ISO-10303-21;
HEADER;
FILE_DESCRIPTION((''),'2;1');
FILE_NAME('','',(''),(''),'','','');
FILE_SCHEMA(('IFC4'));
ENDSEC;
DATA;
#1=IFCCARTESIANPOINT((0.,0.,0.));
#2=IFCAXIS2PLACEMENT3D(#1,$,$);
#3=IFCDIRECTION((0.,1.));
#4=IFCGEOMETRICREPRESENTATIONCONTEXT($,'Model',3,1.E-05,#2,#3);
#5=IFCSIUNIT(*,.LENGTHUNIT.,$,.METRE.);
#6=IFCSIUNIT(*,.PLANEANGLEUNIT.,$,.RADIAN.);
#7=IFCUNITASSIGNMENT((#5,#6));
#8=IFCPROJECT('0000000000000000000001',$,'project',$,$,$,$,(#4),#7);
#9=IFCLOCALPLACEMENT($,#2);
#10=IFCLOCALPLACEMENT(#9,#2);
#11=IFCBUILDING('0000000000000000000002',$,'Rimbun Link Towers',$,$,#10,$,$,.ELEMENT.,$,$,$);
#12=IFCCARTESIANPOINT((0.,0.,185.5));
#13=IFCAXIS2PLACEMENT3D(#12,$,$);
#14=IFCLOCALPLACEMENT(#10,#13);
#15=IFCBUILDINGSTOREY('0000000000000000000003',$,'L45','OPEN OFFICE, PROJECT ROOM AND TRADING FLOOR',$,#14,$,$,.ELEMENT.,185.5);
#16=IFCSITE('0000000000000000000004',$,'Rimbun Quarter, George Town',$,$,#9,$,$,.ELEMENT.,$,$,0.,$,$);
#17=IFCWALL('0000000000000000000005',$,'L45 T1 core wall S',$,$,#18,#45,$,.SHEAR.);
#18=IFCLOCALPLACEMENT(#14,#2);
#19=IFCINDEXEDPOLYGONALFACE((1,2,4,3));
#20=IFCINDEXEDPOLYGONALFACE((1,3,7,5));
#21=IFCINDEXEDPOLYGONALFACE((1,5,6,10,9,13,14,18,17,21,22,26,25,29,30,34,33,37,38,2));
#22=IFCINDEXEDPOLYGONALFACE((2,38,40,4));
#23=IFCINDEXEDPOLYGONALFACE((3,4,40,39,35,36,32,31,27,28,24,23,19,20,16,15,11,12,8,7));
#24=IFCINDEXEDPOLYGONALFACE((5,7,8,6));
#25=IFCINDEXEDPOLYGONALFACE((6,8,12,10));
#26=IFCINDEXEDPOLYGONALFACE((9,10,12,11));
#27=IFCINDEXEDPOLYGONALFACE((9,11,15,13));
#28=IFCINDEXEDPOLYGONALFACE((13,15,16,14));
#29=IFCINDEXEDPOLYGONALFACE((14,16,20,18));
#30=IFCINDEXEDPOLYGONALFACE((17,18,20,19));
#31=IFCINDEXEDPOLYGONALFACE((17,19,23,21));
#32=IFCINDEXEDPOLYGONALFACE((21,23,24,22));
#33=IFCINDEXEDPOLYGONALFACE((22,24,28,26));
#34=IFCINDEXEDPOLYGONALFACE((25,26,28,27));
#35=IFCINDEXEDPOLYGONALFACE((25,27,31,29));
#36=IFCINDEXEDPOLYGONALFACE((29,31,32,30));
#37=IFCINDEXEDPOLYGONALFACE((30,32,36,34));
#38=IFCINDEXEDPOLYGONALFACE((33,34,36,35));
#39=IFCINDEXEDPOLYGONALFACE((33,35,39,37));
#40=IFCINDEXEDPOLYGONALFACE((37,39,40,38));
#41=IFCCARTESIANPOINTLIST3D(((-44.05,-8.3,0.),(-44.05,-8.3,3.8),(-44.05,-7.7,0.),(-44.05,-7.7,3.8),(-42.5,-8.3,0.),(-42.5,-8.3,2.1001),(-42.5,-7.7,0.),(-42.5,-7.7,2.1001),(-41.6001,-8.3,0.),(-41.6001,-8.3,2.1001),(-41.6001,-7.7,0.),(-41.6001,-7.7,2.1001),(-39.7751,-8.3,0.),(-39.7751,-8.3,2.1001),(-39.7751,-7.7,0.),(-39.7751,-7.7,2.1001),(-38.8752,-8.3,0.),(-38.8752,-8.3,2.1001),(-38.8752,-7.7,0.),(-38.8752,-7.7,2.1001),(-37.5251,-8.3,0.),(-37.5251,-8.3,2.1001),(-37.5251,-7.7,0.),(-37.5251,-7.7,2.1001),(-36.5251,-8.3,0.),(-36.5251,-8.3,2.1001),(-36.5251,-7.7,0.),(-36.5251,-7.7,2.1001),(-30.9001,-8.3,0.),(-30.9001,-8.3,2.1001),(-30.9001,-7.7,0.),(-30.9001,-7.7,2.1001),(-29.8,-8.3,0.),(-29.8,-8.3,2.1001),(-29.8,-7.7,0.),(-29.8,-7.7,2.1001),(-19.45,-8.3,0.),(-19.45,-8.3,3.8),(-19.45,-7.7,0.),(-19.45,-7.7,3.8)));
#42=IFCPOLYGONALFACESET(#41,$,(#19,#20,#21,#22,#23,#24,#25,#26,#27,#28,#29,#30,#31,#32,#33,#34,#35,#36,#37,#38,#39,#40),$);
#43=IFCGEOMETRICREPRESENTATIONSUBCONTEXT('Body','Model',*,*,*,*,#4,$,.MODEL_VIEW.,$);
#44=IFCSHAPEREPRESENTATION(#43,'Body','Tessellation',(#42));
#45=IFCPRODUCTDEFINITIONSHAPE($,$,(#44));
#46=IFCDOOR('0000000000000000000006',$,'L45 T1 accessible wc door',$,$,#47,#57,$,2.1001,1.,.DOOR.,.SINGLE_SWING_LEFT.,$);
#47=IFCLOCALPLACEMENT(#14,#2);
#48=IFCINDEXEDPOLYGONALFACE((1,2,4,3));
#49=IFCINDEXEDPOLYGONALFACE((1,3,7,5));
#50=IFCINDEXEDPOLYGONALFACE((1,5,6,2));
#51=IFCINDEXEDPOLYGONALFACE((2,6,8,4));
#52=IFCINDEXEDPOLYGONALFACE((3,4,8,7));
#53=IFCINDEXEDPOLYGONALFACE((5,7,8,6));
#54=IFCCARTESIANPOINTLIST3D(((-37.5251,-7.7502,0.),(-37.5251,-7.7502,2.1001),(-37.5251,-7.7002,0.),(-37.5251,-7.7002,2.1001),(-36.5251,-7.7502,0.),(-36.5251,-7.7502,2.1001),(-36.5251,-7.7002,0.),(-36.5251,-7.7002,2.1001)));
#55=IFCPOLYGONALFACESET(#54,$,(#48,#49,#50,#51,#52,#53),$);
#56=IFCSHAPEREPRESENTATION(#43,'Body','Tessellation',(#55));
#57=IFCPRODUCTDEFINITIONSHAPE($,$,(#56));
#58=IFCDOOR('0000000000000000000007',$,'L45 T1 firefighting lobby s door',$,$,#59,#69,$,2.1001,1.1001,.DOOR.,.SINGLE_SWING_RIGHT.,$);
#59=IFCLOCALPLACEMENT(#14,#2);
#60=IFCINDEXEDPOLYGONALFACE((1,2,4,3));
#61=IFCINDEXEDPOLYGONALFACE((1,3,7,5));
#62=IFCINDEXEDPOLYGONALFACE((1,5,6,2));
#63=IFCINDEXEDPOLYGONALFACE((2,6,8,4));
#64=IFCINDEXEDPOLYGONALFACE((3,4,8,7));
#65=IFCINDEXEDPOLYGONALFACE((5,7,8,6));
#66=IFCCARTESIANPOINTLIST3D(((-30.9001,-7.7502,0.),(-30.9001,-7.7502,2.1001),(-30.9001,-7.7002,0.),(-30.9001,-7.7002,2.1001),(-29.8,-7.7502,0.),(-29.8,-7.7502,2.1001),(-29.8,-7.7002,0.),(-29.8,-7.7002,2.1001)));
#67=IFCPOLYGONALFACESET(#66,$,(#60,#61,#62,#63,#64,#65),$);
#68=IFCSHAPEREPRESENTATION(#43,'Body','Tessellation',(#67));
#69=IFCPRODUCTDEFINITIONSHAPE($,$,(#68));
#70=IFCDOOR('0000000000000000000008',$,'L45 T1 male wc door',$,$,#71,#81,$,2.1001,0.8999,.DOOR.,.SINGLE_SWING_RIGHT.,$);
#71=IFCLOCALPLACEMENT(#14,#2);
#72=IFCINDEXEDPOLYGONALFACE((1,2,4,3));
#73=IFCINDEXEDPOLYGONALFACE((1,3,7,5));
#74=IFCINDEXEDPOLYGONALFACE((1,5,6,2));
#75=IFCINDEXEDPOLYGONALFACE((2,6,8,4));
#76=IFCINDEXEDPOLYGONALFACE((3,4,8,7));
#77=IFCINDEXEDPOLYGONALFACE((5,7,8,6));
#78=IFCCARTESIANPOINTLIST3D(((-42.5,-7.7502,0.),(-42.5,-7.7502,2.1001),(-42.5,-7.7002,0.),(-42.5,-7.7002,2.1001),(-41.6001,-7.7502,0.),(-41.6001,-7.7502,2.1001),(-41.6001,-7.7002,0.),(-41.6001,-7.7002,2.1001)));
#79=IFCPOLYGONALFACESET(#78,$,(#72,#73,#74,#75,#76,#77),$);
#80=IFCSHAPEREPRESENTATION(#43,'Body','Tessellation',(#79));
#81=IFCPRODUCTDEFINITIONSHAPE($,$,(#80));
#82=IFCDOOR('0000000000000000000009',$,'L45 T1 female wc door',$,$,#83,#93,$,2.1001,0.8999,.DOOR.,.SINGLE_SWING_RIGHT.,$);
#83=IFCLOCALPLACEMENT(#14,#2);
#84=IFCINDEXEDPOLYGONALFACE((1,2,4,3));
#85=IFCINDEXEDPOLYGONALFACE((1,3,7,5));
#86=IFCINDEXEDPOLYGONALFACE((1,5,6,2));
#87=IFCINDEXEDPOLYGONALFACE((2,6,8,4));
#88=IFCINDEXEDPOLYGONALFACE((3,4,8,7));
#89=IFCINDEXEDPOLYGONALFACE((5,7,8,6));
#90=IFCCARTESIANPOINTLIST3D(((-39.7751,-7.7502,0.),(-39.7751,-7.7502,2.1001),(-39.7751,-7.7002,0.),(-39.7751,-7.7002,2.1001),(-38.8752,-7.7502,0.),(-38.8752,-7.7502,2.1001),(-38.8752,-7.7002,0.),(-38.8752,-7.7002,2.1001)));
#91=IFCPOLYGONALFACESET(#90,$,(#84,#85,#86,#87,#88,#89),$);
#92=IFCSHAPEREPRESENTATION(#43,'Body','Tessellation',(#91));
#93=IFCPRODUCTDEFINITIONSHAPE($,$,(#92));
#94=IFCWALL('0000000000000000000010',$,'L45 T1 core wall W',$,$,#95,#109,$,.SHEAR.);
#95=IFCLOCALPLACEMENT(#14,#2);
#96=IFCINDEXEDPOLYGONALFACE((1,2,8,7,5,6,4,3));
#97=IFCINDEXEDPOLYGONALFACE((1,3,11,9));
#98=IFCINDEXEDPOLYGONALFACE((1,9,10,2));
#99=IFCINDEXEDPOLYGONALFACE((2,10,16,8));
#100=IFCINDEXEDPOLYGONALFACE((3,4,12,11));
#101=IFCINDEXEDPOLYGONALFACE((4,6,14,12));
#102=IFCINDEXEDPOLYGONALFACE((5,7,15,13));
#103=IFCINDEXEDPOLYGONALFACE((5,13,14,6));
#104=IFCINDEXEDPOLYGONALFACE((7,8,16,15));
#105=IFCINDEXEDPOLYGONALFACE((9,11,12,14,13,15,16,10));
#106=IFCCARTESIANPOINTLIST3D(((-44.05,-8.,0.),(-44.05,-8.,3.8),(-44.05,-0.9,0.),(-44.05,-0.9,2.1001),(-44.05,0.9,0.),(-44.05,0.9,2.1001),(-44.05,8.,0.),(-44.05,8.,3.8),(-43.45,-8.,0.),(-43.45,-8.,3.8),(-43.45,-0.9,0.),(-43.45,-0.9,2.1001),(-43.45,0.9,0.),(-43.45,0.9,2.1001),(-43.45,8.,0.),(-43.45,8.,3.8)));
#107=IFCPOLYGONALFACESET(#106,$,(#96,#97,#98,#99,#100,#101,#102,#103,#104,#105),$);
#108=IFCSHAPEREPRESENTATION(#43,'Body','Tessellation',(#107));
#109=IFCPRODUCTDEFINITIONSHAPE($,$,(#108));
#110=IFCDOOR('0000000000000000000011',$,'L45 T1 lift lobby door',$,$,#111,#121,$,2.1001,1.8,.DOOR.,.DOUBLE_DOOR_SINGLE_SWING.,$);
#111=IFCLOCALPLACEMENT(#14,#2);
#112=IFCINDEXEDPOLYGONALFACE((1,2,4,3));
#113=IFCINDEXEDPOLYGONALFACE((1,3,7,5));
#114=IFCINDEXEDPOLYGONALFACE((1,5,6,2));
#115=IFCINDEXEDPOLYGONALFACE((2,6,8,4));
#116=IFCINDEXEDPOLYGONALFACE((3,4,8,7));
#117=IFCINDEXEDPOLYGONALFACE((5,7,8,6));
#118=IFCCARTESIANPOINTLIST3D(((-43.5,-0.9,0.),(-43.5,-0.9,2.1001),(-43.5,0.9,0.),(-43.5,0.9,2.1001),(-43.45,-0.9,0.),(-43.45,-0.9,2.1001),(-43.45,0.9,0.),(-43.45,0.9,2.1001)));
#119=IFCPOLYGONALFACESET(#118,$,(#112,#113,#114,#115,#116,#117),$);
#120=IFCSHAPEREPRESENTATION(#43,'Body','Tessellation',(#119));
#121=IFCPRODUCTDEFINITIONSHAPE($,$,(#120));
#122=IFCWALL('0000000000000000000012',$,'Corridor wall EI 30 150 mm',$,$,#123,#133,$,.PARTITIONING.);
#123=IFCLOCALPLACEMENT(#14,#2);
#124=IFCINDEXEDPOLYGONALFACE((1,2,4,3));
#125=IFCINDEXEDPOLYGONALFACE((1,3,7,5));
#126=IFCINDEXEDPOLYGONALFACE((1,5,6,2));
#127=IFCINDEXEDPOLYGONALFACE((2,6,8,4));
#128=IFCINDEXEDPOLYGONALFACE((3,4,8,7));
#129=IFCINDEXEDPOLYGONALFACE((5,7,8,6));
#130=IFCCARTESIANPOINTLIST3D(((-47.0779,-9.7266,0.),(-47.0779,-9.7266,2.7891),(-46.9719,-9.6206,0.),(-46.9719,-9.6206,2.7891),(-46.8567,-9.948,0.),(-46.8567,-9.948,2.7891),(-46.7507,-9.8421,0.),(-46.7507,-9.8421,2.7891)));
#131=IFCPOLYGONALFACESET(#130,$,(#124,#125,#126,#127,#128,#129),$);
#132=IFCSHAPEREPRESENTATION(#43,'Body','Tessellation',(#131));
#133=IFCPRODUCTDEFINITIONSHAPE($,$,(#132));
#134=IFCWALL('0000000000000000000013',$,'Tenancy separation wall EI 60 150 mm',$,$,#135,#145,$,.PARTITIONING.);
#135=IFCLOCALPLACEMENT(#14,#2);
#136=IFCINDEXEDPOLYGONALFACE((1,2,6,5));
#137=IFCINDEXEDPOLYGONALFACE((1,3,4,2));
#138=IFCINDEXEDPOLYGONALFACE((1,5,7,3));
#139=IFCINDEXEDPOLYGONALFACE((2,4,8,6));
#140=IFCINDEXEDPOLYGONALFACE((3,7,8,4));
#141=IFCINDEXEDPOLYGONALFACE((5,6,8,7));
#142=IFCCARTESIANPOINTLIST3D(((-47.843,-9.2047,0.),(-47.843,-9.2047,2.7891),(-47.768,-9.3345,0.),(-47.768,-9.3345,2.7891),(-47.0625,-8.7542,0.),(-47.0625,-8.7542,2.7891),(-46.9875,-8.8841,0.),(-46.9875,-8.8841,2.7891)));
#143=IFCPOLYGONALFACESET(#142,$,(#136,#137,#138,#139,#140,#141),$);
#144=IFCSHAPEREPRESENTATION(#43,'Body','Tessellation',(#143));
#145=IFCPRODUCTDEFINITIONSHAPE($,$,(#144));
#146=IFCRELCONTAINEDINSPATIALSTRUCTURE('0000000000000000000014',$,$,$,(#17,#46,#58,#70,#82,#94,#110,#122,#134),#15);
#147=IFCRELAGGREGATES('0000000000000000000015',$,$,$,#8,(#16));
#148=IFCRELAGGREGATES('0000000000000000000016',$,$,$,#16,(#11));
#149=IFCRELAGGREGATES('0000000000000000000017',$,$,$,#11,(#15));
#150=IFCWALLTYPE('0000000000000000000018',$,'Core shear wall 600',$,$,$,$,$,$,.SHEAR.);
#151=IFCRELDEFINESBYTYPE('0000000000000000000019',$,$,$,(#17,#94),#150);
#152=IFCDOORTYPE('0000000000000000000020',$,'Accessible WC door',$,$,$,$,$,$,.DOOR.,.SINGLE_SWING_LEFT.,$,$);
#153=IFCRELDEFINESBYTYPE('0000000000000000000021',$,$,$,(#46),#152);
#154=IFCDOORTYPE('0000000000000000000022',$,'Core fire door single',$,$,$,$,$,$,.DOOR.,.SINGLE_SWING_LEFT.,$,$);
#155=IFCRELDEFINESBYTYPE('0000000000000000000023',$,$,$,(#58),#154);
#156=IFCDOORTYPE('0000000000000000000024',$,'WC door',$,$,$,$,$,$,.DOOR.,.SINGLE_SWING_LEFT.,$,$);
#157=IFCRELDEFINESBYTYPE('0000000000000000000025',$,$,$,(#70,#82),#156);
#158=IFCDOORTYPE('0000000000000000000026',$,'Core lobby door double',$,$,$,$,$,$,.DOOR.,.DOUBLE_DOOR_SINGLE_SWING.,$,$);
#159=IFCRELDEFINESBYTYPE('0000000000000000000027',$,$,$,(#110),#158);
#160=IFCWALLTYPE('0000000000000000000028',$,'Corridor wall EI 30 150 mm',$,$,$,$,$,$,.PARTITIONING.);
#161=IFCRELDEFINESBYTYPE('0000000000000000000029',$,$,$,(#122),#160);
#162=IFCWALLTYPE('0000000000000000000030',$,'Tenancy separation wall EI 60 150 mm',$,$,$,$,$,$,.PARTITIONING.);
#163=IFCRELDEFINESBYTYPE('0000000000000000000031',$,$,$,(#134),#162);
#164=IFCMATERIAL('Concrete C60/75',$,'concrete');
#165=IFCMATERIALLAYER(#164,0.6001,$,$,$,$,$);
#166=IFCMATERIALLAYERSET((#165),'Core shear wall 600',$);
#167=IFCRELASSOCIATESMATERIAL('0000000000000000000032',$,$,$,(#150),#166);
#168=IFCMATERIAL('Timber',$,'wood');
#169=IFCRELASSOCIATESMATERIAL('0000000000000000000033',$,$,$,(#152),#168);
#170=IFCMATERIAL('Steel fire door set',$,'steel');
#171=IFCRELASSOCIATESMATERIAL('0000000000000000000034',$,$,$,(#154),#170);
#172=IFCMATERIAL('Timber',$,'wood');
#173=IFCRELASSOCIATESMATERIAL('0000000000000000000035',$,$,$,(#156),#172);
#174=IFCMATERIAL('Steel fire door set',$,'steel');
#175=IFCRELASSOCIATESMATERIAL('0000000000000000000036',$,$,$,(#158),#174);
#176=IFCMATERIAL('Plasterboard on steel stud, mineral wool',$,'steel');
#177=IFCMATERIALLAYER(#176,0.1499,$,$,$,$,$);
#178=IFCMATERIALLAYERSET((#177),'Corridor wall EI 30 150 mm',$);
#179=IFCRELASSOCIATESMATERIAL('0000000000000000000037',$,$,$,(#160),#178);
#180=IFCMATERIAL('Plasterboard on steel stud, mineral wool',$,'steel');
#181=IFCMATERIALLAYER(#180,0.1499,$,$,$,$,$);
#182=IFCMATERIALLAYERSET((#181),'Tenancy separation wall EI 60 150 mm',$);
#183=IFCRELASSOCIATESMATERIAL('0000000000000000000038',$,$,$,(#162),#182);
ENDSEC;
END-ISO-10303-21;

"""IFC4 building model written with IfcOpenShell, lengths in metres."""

from ifc_helpers import new_model, si_unit, direction, frame, frame_2d, origin, place, context, subcontext, project, spatial, rectangle, extrude, material, layer, layer_set, type_object, element, fill, save


model = new_model("IFC4")

# Units and contexts
model_context = context("Model", 3, precision=1e-05, world=origin(), true_north=direction((0.0, 1.0)))
body_context = subcontext(model_context, "Body", "Model", "MODEL_VIEW")
ifc_project = project(units=[si_unit("LENGTHUNIT", "METRE"), si_unit("PLANEANGLEUNIT", "RADIAN")], contexts=[model_context])

# Site, building, storey
site_placement = place(None, origin())
site = spatial("IfcSite", under=ifc_project, at=site_placement, Name="Rimbun Quarter, George Town", CompositionType="ELEMENT", RefElevation=0.0)
building_placement = place(site_placement, origin())
building = spatial("IfcBuilding", under=site, at=building_placement, Name="Rimbun Link Towers", CompositionType="ELEMENT")
storey_placement = place(building_placement, frame((0.0, 0.0, 185.5)))
storey = spatial("IfcBuildingStorey", under=building, at=storey_placement, Name="L45", Description="OPEN OFFICE, PROJECT ROOM AND TRADING FLOOR", CompositionType="ELEMENT", Elevation=185.5)

# Wall, openings, doors
ifc_material_1 = material(Name="Concrete C60/75", Category="concrete")
ifc_layer_1 = layer(ifc_material_1, 0.6001)
ifc_layer_set_1 = layer_set([ifc_layer_1], Name="Core shear wall 600")
wall_type_1 = type_object("IfcWallType", Name="Core shear wall 600", PredefinedType="SHEAR", material=ifc_layer_set_1)
wall_1_placement = place(storey_placement, frame((-44.05, -8.0, 0.0), z_axis=(0.0, 0.0, 1.0), x_axis=(1.0, 0.0, 0.0)))
wall_1 = element("IfcWall", 1, at=wall_1_placement, inside=storey, type_object=wall_type_1, Name="L45 T1 core wall S", PredefinedType="SHEAR", context=body_context, shape_type="SweptSolid", body=[
    extrude(rectangle(XDim=24.6001, YDim=0.6001, at=frame_2d((12.3, 0.0))), origin(), (0.0, 0.0, 1.0), 3.8),
])
opening_1_placement = place(wall_1_placement, frame((13.1499, 0.0, 0.0)))
opening_1 = element("IfcOpeningElement", 2, at=opening_1_placement, cuts=wall_1, PredefinedType="OPENING", context=body_context, shape_type="SweptSolid", body=[
    extrude(rectangle(XDim=1.1001, YDim=2.1001, at=frame_2d((0.55, 1.05))), frame((0.0, 0.3101, 0.0), z_axis=(0.0, -1.0, 0.0), x_axis=(1.0, 0.0, 0.0)), (0.0, 0.0, 1.0), 0.6201),
])
opening_2_placement = place(wall_1_placement, frame((1.55, 0.0, 0.0)))
opening_2 = element("IfcOpeningElement", 3, at=opening_2_placement, cuts=wall_1, PredefinedType="OPENING", context=body_context, shape_type="SweptSolid", body=[
    extrude(rectangle(XDim=0.8999, YDim=2.1001, at=frame_2d((0.45, 1.05))), frame((0.0, 0.3101, 0.0), z_axis=(0.0, -1.0, 0.0), x_axis=(1.0, 0.0, 0.0)), (0.0, 0.0, 1.0), 0.6201),
])
opening_3_placement = place(wall_1_placement, frame((4.2749, 0.0, 0.0)))
opening_3 = element("IfcOpeningElement", 4, at=opening_3_placement, cuts=wall_1, PredefinedType="OPENING", context=body_context, shape_type="SweptSolid", body=[
    extrude(rectangle(XDim=0.8999, YDim=2.1001, at=frame_2d((0.45, 1.05))), frame((0.0, 0.3101, 0.0), z_axis=(0.0, -1.0, 0.0), x_axis=(1.0, 0.0, 0.0)), (0.0, 0.0, 1.0), 0.6201),
])
opening_4_placement = place(wall_1_placement, frame((6.5249, 0.0, 0.0)))
opening_4 = element("IfcOpeningElement", 5, at=opening_4_placement, cuts=wall_1, PredefinedType="OPENING", context=body_context, shape_type="SweptSolid", body=[
    extrude(rectangle(XDim=1.0, YDim=2.1001, at=frame_2d((0.5, 1.05))), frame((0.0, 0.3101, 0.0), z_axis=(0.0, -1.0, 0.0), x_axis=(1.0, 0.0, 0.0)), (0.0, 0.0, 1.0), 0.6201),
])
ifc_material_2 = material(Name="Timber", Category="wood")
door_type_1 = type_object("IfcDoorType", Name="Accessible WC door", OperationType="SINGLE_SWING_LEFT", PredefinedType="DOOR", material=ifc_material_2)
door_1_placement = place(opening_4_placement, origin())
door_1 = element("IfcDoor", 6, at=door_1_placement, inside=storey, type_object=door_type_1, Name="L45 T1 accessible wc door", OperationType="SINGLE_SWING_LEFT", OverallHeight=2.1001, OverallWidth=1.0, PredefinedType="DOOR", context=body_context, shape_type="SweptSolid", body=[
    extrude(rectangle(XDim=1.0, YDim=2.1001, at=frame_2d((0.5, 1.05))), frame((0.0, 0.2998, 0.0), z_axis=(0.0, -1.0, 0.0), x_axis=(1.0, 0.0, 0.0)), (0.0, 0.0, 1.0), 0.05),
])
fill(opening_4, door_1)
ifc_material_3 = material(Name="Steel fire door set", Category="steel")
door_type_2 = type_object("IfcDoorType", Name="Core fire door single", OperationType="SINGLE_SWING_LEFT", PredefinedType="DOOR", material=ifc_material_3)
door_2_placement = place(opening_1_placement, origin())
door_2 = element("IfcDoor", 7, at=door_2_placement, inside=storey, type_object=door_type_2, Name="L45 T1 firefighting lobby s door", OperationType="SINGLE_SWING_RIGHT", OverallHeight=2.1001, OverallWidth=1.1001, PredefinedType="DOOR", context=body_context, shape_type="SweptSolid", body=[
    extrude(rectangle(XDim=1.1001, YDim=2.1001, at=frame_2d((0.55, 1.05))), frame((0.0, 0.2998, 0.0), z_axis=(0.0, -1.0, 0.0), x_axis=(1.0, 0.0, 0.0)), (0.0, 0.0, 1.0), 0.05),
])
fill(opening_1, door_2)
ifc_material_4 = material(Name="Timber", Category="wood")
door_type_3 = type_object("IfcDoorType", Name="WC door", OperationType="SINGLE_SWING_LEFT", PredefinedType="DOOR", material=ifc_material_4)
door_3_placement = place(opening_2_placement, origin())
door_3 = element("IfcDoor", 8, at=door_3_placement, inside=storey, type_object=door_type_3, Name="L45 T1 male wc door", OperationType="SINGLE_SWING_RIGHT", OverallHeight=2.1001, OverallWidth=0.8999, PredefinedType="DOOR", context=body_context, shape_type="SweptSolid", body=[
    extrude(rectangle(XDim=0.8999, YDim=2.1001, at=frame_2d((0.45, 1.05))), frame((0.0, 0.2998, 0.0), z_axis=(0.0, -1.0, 0.0), x_axis=(1.0, 0.0, 0.0)), (0.0, 0.0, 1.0), 0.05),
])
fill(opening_2, door_3)
door_4_placement = place(opening_3_placement, origin())
door_4 = element("IfcDoor", 9, at=door_4_placement, inside=storey, type_object=door_type_3, Name="L45 T1 female wc door", OperationType="SINGLE_SWING_RIGHT", OverallHeight=2.1001, OverallWidth=0.8999, PredefinedType="DOOR", context=body_context, shape_type="SweptSolid", body=[
    extrude(rectangle(XDim=0.8999, YDim=2.1001, at=frame_2d((0.45, 1.05))), frame((0.0, 0.2998, 0.0), z_axis=(0.0, -1.0, 0.0), x_axis=(1.0, 0.0, 0.0)), (0.0, 0.0, 1.0), 0.05),
])
fill(opening_3, door_4)

# Wall, opening, door
wall_2_placement = place(storey_placement, frame((-43.75, -8.0, 0.0), z_axis=(0.0, 0.0, 1.0), x_axis=(0.0, 1.0, 0.0)))
wall_2 = element("IfcWall", 10, at=wall_2_placement, inside=storey, type_object=wall_type_1, Name="L45 T1 core wall W", PredefinedType="SHEAR", context=body_context, shape_type="SweptSolid", body=[
    extrude(rectangle(XDim=16.0, YDim=0.6001, at=frame_2d((8.0, 0.0))), origin(), (0.0, 0.0, 1.0), 3.8),
])
opening_5_placement = place(wall_2_placement, frame((7.1001, 0.0, 0.0)))
opening_5 = element("IfcOpeningElement", 11, at=opening_5_placement, cuts=wall_2, PredefinedType="OPENING", context=body_context, shape_type="SweptSolid", body=[
    extrude(rectangle(XDim=1.8, YDim=2.1001, at=frame_2d((0.8999, 1.05))), frame((0.0, 0.3101, 0.0), z_axis=(0.0, -1.0, 0.0), x_axis=(1.0, 0.0, 0.0)), (0.0, 0.0, 1.0), 0.6201),
])
ifc_material_5 = material(Name="Steel fire door set", Category="steel")
door_type_4 = type_object("IfcDoorType", Name="Core lobby door double", OperationType="DOUBLE_DOOR_SINGLE_SWING", PredefinedType="DOOR", material=ifc_material_5)
door_5_placement = place(opening_5_placement, origin())
door_5 = element("IfcDoor", 12, at=door_5_placement, inside=storey, type_object=door_type_4, Name="L45 T1 lift lobby door", OperationType="DOUBLE_DOOR_SINGLE_SWING", OverallHeight=2.1001, OverallWidth=1.8, PredefinedType="DOOR", context=body_context, shape_type="SweptSolid", body=[
    extrude(rectangle(XDim=1.8, YDim=2.1001, at=frame_2d((0.8999, 1.05))), frame((0.0, -0.25, 0.0), z_axis=(0.0, -1.0, 0.0), x_axis=(1.0, 0.0, 0.0)), (0.0, 0.0, 1.0), 0.05),
])
fill(opening_5, door_5)

# Walls
ifc_material_6 = material(Name="Plasterboard on steel stud, mineral wool", Category="steel")
ifc_layer_2 = layer(ifc_material_6, 0.1499)
ifc_layer_set_2 = layer_set([ifc_layer_2], Name="Corridor wall EI 30 150 mm")
wall_type_2 = type_object("IfcWallType", Name="Corridor wall EI 30 150 mm", PredefinedType="PARTITIONING", material=ifc_layer_set_2)
wall_3_placement = place(storey_placement, frame((-47.0249, -9.6736, 0.0), z_axis=(0.0, 0.0, 1.0), x_axis=(0.706717, -0.707497, 0.0)))
element("IfcWall", 13, at=wall_3_placement, inside=storey, type_object=wall_type_2, Name="Corridor wall EI 30 150 mm", PredefinedType="PARTITIONING", context=body_context, shape_type="SweptSolid", body=[
    extrude(rectangle(XDim=0.313, YDim=0.1499, at=frame_2d((0.1565, 0.0))), origin(), (0.0, 0.0, 1.0), 2.7891),
])
ifc_material_7 = material(Name="Plasterboard on steel stud, mineral wool", Category="steel")
ifc_layer_3 = layer(ifc_material_7, 0.1499)
ifc_layer_set_3 = layer_set([ifc_layer_3], Name="Tenancy separation wall EI 60 150 mm")
wall_type_3 = type_object("IfcWallType", Name="Tenancy separation wall EI 60 150 mm", PredefinedType="PARTITIONING", material=ifc_layer_set_3)
wall_4_placement = place(storey_placement, frame((-47.0249, -8.8191, 0.0), z_axis=(0.0, 0.0, 1.0), x_axis=(-0.866118, -0.49984, 0.0)))
element("IfcWall", 14, at=wall_4_placement, inside=storey, type_object=wall_type_3, Name="Tenancy separation wall EI 60 150 mm", PredefinedType="PARTITIONING", context=body_context, shape_type="SweptSolid", body=[
    extrude(rectangle(XDim=0.9011, YDim=0.1499, at=frame_2d((0.4507, 0.0))), origin(), (0.0, 0.0, 1.0), 2.7891),
])

save(model, "model.ifc")
